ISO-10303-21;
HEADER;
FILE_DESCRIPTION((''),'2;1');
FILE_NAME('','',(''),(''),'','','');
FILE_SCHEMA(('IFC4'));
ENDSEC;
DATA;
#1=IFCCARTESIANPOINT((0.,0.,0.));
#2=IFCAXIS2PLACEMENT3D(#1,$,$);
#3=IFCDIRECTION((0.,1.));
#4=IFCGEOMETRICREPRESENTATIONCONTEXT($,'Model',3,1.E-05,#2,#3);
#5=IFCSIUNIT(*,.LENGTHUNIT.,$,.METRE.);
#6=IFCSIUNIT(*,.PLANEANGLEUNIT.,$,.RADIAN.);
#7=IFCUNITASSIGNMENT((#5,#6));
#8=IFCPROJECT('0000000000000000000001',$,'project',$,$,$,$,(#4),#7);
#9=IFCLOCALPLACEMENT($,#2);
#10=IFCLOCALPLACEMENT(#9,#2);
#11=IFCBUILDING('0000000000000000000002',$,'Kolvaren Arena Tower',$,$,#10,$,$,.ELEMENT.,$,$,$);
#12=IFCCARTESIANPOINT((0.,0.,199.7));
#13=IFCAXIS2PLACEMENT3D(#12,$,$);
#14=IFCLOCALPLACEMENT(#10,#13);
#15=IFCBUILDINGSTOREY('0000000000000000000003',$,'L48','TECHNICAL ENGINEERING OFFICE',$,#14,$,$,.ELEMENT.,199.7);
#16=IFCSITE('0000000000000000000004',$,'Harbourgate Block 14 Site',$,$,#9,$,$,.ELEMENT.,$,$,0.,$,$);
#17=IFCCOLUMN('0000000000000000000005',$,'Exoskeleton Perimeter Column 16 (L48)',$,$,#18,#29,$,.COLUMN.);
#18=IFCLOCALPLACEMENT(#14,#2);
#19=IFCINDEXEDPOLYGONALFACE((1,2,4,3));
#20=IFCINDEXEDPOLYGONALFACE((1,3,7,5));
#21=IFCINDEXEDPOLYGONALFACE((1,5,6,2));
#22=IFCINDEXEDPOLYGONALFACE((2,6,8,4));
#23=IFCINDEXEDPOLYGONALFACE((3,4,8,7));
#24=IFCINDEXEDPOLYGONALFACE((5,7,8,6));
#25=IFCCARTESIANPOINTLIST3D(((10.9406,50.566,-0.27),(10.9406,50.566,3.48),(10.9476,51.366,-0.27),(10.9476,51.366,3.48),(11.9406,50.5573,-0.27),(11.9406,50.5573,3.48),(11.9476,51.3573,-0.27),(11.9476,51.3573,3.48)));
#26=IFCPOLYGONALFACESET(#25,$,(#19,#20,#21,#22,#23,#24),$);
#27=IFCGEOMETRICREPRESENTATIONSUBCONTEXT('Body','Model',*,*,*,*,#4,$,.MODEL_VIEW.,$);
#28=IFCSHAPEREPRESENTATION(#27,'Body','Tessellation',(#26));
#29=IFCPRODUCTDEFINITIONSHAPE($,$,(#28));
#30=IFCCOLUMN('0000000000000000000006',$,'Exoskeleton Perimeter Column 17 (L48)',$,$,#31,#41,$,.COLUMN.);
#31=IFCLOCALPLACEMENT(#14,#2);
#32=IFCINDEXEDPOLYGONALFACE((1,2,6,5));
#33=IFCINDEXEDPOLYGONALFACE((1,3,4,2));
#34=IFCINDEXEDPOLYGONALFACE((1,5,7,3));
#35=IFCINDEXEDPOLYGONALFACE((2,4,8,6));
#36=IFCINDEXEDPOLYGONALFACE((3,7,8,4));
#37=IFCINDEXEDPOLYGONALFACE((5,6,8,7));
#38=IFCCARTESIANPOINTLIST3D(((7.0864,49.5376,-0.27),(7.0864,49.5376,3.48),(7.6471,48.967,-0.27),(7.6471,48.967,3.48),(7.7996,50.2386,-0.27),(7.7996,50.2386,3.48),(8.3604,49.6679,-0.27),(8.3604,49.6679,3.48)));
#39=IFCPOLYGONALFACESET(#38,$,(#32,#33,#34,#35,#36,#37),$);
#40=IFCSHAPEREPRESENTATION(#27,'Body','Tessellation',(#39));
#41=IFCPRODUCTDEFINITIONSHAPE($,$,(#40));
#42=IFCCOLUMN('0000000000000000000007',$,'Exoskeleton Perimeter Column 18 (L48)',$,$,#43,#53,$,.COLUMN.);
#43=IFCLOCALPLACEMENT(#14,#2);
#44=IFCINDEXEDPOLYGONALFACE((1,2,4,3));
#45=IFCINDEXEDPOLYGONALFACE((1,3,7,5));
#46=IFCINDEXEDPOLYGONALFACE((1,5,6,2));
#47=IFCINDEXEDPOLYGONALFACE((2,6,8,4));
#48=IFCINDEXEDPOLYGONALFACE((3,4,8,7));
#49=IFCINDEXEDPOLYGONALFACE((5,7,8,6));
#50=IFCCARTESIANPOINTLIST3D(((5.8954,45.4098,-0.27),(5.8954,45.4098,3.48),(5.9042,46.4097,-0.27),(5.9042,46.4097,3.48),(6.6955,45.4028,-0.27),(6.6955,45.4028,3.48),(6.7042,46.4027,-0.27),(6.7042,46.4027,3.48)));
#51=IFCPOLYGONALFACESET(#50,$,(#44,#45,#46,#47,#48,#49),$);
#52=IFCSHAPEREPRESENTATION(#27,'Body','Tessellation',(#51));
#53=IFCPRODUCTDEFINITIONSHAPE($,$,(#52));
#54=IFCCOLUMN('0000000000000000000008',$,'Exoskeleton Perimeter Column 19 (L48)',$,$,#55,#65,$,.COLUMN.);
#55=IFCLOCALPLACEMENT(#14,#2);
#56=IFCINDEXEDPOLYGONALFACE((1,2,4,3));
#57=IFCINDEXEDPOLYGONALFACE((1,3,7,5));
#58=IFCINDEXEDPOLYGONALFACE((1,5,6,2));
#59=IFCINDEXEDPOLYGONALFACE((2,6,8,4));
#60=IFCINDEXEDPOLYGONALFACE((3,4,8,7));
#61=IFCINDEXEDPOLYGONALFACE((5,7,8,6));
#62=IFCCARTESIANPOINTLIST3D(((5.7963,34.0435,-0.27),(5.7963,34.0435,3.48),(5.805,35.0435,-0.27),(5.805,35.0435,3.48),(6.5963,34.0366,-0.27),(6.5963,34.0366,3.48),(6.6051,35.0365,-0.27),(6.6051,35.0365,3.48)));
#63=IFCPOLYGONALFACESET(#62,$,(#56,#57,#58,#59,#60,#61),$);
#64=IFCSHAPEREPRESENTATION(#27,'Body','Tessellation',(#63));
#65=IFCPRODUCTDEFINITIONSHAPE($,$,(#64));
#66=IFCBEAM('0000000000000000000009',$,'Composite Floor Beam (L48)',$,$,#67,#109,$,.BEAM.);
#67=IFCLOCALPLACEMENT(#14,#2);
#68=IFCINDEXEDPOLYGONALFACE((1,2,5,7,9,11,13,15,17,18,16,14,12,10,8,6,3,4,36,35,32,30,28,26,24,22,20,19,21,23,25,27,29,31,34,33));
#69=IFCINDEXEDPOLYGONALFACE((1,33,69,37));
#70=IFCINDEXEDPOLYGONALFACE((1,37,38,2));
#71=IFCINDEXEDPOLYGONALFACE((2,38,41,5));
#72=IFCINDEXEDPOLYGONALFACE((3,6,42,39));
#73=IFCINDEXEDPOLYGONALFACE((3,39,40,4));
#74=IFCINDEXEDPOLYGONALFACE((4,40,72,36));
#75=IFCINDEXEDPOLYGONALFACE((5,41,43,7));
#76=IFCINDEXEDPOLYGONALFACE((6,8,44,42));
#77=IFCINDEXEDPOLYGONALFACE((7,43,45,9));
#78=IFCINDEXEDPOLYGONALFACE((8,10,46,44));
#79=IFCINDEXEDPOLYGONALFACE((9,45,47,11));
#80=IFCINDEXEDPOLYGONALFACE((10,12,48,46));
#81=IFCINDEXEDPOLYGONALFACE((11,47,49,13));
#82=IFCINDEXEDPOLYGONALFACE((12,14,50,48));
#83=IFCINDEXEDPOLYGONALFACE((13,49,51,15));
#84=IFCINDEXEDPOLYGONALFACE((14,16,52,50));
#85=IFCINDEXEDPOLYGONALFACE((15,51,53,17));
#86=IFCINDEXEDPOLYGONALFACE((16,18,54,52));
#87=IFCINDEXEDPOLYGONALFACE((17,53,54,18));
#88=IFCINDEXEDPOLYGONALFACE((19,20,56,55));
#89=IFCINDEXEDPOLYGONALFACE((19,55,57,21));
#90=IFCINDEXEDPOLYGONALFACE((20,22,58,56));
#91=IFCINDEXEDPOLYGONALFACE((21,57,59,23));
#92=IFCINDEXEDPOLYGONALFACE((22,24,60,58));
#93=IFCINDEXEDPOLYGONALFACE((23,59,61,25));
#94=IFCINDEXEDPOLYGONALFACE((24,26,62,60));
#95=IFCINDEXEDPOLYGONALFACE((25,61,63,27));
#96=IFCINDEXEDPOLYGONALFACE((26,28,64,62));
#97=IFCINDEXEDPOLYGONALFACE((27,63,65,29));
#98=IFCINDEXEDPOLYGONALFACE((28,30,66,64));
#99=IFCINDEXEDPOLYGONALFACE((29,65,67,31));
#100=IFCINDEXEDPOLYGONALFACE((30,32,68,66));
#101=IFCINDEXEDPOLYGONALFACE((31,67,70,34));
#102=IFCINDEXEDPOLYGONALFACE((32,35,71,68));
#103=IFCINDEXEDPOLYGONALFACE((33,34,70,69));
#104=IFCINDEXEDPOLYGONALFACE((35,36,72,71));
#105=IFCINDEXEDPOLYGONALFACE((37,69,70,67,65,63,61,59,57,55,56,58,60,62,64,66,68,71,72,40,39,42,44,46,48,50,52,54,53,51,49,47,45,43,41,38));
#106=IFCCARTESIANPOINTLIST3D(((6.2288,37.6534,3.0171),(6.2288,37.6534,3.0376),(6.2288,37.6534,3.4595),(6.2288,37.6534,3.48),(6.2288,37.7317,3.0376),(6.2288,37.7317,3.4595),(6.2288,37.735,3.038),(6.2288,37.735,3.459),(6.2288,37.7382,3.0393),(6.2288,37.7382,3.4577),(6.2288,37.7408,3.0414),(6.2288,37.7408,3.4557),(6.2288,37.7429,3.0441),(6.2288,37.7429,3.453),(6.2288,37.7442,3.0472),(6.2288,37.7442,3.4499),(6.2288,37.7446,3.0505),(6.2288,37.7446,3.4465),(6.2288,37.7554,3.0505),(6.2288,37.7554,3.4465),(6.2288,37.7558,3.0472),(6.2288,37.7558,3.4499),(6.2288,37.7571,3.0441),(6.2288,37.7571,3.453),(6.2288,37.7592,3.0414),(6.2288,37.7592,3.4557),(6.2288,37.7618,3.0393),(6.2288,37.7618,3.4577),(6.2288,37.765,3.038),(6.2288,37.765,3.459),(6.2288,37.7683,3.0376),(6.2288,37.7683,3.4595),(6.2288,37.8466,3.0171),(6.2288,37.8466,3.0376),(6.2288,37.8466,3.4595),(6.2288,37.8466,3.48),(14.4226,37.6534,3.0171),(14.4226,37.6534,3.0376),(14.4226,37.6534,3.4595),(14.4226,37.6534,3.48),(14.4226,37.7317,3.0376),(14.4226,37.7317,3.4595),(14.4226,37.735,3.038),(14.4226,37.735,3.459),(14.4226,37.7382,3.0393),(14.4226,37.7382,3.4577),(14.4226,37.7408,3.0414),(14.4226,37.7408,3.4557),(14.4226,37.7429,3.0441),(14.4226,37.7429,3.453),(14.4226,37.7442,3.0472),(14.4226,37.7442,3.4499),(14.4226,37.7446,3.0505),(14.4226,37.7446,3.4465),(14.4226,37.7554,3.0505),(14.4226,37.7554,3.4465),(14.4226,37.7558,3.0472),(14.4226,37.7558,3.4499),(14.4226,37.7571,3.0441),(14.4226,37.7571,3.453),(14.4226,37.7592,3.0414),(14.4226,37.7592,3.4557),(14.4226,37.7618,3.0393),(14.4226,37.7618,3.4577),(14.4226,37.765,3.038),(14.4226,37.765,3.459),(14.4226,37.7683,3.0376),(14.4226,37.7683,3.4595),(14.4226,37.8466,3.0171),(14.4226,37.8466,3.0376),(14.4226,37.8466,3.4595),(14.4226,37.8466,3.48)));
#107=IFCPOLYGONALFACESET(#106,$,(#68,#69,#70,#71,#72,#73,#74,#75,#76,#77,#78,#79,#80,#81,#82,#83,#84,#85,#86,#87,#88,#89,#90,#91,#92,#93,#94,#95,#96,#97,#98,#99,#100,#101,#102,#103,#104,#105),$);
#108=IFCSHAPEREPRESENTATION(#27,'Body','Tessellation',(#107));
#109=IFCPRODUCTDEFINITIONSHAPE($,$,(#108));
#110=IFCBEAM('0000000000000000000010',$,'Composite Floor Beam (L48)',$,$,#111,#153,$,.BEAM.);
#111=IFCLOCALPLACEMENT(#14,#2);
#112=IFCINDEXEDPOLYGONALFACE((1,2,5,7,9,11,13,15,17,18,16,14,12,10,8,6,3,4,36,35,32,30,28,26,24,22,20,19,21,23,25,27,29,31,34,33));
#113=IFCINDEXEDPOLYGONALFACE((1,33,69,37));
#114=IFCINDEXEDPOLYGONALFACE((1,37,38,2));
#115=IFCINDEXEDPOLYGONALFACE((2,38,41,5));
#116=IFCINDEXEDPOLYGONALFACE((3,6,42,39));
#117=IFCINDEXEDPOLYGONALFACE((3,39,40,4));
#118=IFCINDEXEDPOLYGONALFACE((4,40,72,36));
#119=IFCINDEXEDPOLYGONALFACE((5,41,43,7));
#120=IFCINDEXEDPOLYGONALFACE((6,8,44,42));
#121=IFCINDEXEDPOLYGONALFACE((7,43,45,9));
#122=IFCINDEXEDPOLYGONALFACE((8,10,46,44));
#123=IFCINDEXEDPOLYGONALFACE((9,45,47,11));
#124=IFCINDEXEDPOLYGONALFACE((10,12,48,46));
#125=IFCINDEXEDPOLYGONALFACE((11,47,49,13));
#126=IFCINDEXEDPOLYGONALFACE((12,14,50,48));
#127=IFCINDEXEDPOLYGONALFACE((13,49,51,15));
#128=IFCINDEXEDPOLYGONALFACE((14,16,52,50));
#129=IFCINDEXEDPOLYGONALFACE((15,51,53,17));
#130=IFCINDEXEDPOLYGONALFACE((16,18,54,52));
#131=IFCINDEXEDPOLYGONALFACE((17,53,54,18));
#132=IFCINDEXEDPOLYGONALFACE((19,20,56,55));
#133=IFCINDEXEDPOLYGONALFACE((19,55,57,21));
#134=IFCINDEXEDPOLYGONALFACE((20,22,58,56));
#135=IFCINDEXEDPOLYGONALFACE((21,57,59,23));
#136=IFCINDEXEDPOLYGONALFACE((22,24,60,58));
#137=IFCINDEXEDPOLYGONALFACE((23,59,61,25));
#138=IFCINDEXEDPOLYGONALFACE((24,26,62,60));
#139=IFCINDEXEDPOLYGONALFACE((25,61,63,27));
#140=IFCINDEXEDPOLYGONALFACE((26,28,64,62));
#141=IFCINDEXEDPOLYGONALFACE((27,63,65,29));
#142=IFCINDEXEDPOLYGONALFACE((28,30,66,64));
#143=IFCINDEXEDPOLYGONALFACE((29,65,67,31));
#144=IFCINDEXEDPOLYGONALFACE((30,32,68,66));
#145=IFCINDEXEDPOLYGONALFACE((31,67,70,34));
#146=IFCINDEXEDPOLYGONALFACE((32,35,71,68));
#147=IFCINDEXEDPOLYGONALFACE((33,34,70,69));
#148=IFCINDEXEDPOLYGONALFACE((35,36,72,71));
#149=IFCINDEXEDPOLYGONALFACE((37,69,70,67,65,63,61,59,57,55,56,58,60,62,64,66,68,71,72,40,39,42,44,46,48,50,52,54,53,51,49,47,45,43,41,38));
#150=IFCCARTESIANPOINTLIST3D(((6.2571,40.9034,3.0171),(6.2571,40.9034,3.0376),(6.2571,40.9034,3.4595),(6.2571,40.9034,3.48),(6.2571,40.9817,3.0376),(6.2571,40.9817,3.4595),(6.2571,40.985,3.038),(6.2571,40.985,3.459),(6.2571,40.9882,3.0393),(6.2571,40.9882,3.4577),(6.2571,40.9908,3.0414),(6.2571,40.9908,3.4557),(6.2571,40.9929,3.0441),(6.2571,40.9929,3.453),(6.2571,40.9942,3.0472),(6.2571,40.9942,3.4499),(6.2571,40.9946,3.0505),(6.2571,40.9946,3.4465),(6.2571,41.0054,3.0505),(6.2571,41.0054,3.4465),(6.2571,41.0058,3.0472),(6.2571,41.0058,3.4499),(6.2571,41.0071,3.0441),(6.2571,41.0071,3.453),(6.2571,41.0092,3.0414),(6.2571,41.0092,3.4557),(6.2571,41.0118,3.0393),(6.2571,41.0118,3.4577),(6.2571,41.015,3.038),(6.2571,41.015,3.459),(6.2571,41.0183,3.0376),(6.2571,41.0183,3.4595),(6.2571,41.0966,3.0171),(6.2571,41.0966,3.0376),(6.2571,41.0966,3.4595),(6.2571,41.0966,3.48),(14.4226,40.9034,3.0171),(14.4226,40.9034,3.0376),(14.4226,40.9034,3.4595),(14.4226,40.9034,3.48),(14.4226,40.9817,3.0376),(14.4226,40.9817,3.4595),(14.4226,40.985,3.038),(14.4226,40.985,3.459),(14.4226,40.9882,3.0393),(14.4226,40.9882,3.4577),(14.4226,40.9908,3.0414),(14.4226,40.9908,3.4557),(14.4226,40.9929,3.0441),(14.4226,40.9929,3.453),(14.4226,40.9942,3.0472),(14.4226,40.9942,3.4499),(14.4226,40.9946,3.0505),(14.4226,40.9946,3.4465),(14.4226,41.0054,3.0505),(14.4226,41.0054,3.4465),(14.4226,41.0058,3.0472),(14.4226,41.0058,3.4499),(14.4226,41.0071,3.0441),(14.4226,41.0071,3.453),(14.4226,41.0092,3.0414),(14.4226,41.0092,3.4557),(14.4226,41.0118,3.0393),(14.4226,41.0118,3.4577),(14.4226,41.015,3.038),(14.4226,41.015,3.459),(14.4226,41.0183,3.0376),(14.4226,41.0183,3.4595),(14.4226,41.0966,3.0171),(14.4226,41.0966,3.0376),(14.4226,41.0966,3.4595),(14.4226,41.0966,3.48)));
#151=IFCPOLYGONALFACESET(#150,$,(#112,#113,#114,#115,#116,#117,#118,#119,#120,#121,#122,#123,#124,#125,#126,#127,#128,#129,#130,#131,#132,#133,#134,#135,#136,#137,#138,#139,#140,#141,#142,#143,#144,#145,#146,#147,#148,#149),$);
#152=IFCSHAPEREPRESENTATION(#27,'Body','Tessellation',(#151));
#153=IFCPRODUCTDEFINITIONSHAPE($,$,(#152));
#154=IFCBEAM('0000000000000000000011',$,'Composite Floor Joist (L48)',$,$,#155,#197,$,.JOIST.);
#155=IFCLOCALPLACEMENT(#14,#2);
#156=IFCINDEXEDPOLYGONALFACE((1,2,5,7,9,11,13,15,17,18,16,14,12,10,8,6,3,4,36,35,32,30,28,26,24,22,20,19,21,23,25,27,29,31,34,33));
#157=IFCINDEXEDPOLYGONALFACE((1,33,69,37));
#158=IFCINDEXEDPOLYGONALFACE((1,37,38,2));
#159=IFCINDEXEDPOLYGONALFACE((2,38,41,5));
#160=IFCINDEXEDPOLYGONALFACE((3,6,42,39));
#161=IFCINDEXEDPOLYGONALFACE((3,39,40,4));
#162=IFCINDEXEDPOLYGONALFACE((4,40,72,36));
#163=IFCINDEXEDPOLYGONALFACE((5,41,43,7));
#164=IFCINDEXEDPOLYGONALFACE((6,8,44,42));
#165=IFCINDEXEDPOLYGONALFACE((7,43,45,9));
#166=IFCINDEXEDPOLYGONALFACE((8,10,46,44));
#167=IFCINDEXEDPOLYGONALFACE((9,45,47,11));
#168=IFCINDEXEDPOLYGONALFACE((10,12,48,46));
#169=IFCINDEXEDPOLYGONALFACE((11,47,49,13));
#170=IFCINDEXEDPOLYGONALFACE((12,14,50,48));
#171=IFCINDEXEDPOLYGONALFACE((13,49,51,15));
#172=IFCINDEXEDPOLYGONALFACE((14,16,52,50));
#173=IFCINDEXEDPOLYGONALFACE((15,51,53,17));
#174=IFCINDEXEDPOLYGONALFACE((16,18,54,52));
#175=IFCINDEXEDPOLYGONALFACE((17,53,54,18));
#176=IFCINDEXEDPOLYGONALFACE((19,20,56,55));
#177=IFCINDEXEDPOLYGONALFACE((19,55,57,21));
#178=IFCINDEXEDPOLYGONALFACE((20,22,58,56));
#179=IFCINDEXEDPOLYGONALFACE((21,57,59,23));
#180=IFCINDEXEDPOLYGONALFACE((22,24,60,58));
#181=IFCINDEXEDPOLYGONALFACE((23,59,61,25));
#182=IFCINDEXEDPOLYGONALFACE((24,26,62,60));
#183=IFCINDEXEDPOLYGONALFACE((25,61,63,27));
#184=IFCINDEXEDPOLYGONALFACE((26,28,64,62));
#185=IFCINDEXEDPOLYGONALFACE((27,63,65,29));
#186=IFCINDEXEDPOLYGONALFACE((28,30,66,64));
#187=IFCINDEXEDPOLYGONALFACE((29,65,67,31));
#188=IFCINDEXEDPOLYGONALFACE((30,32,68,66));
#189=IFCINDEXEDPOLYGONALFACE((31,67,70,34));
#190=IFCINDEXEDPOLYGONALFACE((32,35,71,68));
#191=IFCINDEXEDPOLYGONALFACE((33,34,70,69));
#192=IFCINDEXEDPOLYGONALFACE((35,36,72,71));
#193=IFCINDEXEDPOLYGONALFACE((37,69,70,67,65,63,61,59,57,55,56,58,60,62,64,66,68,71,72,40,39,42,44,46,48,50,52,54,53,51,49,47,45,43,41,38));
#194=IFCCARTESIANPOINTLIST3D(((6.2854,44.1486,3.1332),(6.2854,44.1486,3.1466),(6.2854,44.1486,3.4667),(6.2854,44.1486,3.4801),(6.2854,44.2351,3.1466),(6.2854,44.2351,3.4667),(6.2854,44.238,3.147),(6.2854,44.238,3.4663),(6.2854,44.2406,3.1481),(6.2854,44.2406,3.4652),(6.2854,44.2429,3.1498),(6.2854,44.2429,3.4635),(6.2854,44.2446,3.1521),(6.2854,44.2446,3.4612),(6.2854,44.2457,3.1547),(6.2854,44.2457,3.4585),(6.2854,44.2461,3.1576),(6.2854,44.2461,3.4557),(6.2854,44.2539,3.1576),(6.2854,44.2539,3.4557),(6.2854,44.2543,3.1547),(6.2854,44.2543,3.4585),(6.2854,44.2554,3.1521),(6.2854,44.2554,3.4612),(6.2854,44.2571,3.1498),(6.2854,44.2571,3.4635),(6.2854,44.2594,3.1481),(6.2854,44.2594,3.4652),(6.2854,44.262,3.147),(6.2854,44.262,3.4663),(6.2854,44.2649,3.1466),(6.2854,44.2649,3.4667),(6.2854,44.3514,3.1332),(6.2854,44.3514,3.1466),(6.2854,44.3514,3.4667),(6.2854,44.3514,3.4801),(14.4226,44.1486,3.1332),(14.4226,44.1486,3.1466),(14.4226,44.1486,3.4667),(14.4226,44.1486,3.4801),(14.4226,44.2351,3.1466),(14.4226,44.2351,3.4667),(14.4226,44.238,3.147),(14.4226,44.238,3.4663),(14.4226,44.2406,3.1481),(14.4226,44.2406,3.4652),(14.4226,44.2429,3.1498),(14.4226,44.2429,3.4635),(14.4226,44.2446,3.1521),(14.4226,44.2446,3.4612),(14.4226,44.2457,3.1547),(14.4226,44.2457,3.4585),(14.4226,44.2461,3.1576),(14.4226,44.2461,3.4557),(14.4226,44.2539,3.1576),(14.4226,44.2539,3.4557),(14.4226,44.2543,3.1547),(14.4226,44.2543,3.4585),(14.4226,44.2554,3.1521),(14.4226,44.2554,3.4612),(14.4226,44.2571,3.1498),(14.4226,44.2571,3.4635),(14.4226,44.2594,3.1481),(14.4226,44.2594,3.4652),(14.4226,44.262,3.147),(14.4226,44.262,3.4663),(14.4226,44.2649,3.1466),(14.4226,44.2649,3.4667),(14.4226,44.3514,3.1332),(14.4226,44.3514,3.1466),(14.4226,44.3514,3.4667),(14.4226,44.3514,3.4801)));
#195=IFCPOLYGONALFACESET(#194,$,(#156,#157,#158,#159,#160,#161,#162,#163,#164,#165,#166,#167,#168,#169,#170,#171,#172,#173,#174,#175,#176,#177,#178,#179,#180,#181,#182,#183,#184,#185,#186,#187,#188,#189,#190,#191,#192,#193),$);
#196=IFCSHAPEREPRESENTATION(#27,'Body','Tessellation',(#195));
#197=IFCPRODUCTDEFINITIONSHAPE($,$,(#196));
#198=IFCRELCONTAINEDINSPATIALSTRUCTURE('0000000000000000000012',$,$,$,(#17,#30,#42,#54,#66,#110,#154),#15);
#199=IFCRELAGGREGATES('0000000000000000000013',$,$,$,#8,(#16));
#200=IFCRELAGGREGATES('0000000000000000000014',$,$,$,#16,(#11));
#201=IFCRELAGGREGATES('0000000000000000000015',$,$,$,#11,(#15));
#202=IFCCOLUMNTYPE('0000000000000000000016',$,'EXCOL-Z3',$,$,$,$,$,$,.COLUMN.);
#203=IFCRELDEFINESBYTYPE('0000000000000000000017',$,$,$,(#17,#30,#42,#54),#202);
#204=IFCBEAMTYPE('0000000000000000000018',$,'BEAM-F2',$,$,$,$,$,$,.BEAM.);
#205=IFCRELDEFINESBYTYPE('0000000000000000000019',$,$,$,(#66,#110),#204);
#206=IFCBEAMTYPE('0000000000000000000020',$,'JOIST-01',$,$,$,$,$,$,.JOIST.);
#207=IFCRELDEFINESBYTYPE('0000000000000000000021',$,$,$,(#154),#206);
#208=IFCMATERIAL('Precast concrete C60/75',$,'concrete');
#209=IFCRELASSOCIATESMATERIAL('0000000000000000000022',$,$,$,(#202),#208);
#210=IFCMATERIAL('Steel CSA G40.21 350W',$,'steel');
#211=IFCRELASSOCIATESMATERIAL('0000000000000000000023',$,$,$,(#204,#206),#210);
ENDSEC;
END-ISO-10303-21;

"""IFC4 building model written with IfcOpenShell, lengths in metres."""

from ifc_helpers import new_model, si_unit, direction, frame, origin, origin_2d, place, context, subcontext, project, spatial, rectangle, i_section, extrude, material, material_profile, profile_set, type_object, element, save


model = new_model("IFC4")

# Units and contexts
model_context = context("Model", 3, precision=1e-05, world=origin(), true_north=direction((0.0, 1.0)))
body_context = subcontext(model_context, "Body", "Model", "MODEL_VIEW")
ifc_project = project(units=[si_unit("LENGTHUNIT", "METRE"), si_unit("PLANEANGLEUNIT", "RADIAN")], contexts=[model_context])

# Site, building, storey
site_placement = place(None, origin())
site = spatial("IfcSite", under=ifc_project, at=site_placement, Name="Harbourgate Block 14 Site", CompositionType="ELEMENT", RefElevation=0.0)
building_placement = place(site_placement, origin())
building = spatial("IfcBuilding", under=site, at=building_placement, Name="Kolvaren Arena Tower", CompositionType="ELEMENT")
storey_placement = place(building_placement, frame((0.0, 0.0, 199.7)))
storey = spatial("IfcBuildingStorey", under=building, at=storey_placement, Name="L48", Description="TECHNICAL ENGINEERING OFFICE", CompositionType="ELEMENT", Elevation=199.7)

# Columns
ifc_material_1 = material(Name="Precast concrete C60/75", Category="concrete")
ifc_material_profile_1 = material_profile(ifc_material_1, rectangle(XDim=1.0, YDim=0.8, at=origin_2d()), Name="RC-1000x800")
ifc_profile_set_1 = profile_set([ifc_material_profile_1], Name="Precast concrete C60/75")
column_type = type_object("IfcColumnType", Name="EXCOL-Z3", PredefinedType="COLUMN", material=ifc_profile_set_1)
for number, where, z_axis, x_axis, name in (
    (1, (11.4441, 50.9617, -0.27), (0.0, 0.0, 1.0), (0.999962, -0.008727, 0.0), "Exoskeleton Perimeter Column 16 (L48)"),
    (2, (7.7234, 49.6028, -0.27), (0.0, 0.0, 1.0), (0.71325, 0.700909, 0.0), "Exoskeleton Perimeter Column 17 (L48)"),
    (3, (6.2998, 45.9062, -0.27), (0.0, 0.0, 1.0), (0.008727, 0.999962, 0.0), "Exoskeleton Perimeter Column 18 (L48)"),
    (4, (6.2007, 34.54, -0.27), (0.0, 0.0, 1.0), (0.008727, 0.999962, 0.0), "Exoskeleton Perimeter Column 19 (L48)"),
):
    element("IfcColumn", number, at=place(storey_placement, frame(where, z_axis=z_axis, x_axis=x_axis)), inside=storey, type_object=column_type, Name=name, PredefinedType="COLUMN", context=body_context, shape_type="SweptSolid", body=[
        extrude(rectangle(XDim=1.0, YDim=0.8, at=origin_2d()), origin(), (0.0, 0.0, 1.0), 3.75),
    ])

# Beams
ifc_material_2 = material(Name="Steel CSA G40.21 350W", Category="steel")
ifc_material_profile_2 = material_profile(ifc_material_2, i_section(OverallWidth=0.1931, OverallDepth=0.4629, WebThickness=0.0107, FlangeThickness=0.0205, FilletRadius=0.0129, at=origin_2d()), Name="W460x113")
ifc_profile_set_2 = profile_set([ifc_material_profile_2], Name="Steel CSA G40.21 350W")
beam_type_1 = type_object("IfcBeamType", Name="BEAM-F2", PredefinedType="BEAM", material=ifc_profile_set_2)
beam_1_placement = place(storey_placement, frame((6.2288, 37.75, 3.2485), z_axis=(1.0, 0.0, 0.0), x_axis=(0.0, 1.0, 0.0)))
element("IfcBeam", 5, at=beam_1_placement, inside=storey, type_object=beam_type_1, Name="Composite Floor Beam (L48)", PredefinedType="BEAM", context=body_context, shape_type="SweptSolid", body=[
    extrude(i_section(OverallWidth=0.1931, OverallDepth=0.4629, WebThickness=0.0107, FlangeThickness=0.0205, FilletRadius=0.0129, at=origin_2d()), origin(), (0.0, 0.0, 1.0), 8.1938),
])
beam_2_placement = place(storey_placement, frame((6.2571, 41.0, 3.2485), z_axis=(1.0, 0.0, 0.0), x_axis=(0.0, 1.0, 0.0)))
element("IfcBeam", 6, at=beam_2_placement, inside=storey, type_object=beam_type_1, Name="Composite Floor Beam (L48)", PredefinedType="BEAM", context=body_context, shape_type="SweptSolid", body=[
    extrude(i_section(OverallWidth=0.1931, OverallDepth=0.4629, WebThickness=0.0107, FlangeThickness=0.0205, FilletRadius=0.0129, at=origin_2d()), origin(), (0.0, 0.0, 1.0), 8.1655),
])
ifc_material_profile_3 = material_profile(ifc_material_2, i_section(OverallWidth=0.2029, OverallDepth=0.3469, WebThickness=0.0078, FlangeThickness=0.0134, FilletRadius=0.011, at=origin_2d()), Name="W360x64")
ifc_profile_set_3 = profile_set([ifc_material_profile_3], Name="Steel CSA G40.21 350W")
beam_type_2 = type_object("IfcBeamType", Name="JOIST-01", PredefinedType="JOIST", material=ifc_profile_set_3)
beam_3_placement = place(storey_placement, frame((6.2854, 44.25, 3.3066), z_axis=(1.0, 0.0, 0.0), x_axis=(0.0, 1.0, 0.0)))
element("IfcBeam", 7, at=beam_3_placement, inside=storey, type_object=beam_type_2, Name="Composite Floor Joist (L48)", PredefinedType="JOIST", context=body_context, shape_type="SweptSolid", body=[
    extrude(i_section(OverallWidth=0.2029, OverallDepth=0.3469, WebThickness=0.0078, FlangeThickness=0.0134, FilletRadius=0.011, at=origin_2d()), origin(), (0.0, 0.0, 1.0), 8.1372),
])

save(model, "model.ifc")
